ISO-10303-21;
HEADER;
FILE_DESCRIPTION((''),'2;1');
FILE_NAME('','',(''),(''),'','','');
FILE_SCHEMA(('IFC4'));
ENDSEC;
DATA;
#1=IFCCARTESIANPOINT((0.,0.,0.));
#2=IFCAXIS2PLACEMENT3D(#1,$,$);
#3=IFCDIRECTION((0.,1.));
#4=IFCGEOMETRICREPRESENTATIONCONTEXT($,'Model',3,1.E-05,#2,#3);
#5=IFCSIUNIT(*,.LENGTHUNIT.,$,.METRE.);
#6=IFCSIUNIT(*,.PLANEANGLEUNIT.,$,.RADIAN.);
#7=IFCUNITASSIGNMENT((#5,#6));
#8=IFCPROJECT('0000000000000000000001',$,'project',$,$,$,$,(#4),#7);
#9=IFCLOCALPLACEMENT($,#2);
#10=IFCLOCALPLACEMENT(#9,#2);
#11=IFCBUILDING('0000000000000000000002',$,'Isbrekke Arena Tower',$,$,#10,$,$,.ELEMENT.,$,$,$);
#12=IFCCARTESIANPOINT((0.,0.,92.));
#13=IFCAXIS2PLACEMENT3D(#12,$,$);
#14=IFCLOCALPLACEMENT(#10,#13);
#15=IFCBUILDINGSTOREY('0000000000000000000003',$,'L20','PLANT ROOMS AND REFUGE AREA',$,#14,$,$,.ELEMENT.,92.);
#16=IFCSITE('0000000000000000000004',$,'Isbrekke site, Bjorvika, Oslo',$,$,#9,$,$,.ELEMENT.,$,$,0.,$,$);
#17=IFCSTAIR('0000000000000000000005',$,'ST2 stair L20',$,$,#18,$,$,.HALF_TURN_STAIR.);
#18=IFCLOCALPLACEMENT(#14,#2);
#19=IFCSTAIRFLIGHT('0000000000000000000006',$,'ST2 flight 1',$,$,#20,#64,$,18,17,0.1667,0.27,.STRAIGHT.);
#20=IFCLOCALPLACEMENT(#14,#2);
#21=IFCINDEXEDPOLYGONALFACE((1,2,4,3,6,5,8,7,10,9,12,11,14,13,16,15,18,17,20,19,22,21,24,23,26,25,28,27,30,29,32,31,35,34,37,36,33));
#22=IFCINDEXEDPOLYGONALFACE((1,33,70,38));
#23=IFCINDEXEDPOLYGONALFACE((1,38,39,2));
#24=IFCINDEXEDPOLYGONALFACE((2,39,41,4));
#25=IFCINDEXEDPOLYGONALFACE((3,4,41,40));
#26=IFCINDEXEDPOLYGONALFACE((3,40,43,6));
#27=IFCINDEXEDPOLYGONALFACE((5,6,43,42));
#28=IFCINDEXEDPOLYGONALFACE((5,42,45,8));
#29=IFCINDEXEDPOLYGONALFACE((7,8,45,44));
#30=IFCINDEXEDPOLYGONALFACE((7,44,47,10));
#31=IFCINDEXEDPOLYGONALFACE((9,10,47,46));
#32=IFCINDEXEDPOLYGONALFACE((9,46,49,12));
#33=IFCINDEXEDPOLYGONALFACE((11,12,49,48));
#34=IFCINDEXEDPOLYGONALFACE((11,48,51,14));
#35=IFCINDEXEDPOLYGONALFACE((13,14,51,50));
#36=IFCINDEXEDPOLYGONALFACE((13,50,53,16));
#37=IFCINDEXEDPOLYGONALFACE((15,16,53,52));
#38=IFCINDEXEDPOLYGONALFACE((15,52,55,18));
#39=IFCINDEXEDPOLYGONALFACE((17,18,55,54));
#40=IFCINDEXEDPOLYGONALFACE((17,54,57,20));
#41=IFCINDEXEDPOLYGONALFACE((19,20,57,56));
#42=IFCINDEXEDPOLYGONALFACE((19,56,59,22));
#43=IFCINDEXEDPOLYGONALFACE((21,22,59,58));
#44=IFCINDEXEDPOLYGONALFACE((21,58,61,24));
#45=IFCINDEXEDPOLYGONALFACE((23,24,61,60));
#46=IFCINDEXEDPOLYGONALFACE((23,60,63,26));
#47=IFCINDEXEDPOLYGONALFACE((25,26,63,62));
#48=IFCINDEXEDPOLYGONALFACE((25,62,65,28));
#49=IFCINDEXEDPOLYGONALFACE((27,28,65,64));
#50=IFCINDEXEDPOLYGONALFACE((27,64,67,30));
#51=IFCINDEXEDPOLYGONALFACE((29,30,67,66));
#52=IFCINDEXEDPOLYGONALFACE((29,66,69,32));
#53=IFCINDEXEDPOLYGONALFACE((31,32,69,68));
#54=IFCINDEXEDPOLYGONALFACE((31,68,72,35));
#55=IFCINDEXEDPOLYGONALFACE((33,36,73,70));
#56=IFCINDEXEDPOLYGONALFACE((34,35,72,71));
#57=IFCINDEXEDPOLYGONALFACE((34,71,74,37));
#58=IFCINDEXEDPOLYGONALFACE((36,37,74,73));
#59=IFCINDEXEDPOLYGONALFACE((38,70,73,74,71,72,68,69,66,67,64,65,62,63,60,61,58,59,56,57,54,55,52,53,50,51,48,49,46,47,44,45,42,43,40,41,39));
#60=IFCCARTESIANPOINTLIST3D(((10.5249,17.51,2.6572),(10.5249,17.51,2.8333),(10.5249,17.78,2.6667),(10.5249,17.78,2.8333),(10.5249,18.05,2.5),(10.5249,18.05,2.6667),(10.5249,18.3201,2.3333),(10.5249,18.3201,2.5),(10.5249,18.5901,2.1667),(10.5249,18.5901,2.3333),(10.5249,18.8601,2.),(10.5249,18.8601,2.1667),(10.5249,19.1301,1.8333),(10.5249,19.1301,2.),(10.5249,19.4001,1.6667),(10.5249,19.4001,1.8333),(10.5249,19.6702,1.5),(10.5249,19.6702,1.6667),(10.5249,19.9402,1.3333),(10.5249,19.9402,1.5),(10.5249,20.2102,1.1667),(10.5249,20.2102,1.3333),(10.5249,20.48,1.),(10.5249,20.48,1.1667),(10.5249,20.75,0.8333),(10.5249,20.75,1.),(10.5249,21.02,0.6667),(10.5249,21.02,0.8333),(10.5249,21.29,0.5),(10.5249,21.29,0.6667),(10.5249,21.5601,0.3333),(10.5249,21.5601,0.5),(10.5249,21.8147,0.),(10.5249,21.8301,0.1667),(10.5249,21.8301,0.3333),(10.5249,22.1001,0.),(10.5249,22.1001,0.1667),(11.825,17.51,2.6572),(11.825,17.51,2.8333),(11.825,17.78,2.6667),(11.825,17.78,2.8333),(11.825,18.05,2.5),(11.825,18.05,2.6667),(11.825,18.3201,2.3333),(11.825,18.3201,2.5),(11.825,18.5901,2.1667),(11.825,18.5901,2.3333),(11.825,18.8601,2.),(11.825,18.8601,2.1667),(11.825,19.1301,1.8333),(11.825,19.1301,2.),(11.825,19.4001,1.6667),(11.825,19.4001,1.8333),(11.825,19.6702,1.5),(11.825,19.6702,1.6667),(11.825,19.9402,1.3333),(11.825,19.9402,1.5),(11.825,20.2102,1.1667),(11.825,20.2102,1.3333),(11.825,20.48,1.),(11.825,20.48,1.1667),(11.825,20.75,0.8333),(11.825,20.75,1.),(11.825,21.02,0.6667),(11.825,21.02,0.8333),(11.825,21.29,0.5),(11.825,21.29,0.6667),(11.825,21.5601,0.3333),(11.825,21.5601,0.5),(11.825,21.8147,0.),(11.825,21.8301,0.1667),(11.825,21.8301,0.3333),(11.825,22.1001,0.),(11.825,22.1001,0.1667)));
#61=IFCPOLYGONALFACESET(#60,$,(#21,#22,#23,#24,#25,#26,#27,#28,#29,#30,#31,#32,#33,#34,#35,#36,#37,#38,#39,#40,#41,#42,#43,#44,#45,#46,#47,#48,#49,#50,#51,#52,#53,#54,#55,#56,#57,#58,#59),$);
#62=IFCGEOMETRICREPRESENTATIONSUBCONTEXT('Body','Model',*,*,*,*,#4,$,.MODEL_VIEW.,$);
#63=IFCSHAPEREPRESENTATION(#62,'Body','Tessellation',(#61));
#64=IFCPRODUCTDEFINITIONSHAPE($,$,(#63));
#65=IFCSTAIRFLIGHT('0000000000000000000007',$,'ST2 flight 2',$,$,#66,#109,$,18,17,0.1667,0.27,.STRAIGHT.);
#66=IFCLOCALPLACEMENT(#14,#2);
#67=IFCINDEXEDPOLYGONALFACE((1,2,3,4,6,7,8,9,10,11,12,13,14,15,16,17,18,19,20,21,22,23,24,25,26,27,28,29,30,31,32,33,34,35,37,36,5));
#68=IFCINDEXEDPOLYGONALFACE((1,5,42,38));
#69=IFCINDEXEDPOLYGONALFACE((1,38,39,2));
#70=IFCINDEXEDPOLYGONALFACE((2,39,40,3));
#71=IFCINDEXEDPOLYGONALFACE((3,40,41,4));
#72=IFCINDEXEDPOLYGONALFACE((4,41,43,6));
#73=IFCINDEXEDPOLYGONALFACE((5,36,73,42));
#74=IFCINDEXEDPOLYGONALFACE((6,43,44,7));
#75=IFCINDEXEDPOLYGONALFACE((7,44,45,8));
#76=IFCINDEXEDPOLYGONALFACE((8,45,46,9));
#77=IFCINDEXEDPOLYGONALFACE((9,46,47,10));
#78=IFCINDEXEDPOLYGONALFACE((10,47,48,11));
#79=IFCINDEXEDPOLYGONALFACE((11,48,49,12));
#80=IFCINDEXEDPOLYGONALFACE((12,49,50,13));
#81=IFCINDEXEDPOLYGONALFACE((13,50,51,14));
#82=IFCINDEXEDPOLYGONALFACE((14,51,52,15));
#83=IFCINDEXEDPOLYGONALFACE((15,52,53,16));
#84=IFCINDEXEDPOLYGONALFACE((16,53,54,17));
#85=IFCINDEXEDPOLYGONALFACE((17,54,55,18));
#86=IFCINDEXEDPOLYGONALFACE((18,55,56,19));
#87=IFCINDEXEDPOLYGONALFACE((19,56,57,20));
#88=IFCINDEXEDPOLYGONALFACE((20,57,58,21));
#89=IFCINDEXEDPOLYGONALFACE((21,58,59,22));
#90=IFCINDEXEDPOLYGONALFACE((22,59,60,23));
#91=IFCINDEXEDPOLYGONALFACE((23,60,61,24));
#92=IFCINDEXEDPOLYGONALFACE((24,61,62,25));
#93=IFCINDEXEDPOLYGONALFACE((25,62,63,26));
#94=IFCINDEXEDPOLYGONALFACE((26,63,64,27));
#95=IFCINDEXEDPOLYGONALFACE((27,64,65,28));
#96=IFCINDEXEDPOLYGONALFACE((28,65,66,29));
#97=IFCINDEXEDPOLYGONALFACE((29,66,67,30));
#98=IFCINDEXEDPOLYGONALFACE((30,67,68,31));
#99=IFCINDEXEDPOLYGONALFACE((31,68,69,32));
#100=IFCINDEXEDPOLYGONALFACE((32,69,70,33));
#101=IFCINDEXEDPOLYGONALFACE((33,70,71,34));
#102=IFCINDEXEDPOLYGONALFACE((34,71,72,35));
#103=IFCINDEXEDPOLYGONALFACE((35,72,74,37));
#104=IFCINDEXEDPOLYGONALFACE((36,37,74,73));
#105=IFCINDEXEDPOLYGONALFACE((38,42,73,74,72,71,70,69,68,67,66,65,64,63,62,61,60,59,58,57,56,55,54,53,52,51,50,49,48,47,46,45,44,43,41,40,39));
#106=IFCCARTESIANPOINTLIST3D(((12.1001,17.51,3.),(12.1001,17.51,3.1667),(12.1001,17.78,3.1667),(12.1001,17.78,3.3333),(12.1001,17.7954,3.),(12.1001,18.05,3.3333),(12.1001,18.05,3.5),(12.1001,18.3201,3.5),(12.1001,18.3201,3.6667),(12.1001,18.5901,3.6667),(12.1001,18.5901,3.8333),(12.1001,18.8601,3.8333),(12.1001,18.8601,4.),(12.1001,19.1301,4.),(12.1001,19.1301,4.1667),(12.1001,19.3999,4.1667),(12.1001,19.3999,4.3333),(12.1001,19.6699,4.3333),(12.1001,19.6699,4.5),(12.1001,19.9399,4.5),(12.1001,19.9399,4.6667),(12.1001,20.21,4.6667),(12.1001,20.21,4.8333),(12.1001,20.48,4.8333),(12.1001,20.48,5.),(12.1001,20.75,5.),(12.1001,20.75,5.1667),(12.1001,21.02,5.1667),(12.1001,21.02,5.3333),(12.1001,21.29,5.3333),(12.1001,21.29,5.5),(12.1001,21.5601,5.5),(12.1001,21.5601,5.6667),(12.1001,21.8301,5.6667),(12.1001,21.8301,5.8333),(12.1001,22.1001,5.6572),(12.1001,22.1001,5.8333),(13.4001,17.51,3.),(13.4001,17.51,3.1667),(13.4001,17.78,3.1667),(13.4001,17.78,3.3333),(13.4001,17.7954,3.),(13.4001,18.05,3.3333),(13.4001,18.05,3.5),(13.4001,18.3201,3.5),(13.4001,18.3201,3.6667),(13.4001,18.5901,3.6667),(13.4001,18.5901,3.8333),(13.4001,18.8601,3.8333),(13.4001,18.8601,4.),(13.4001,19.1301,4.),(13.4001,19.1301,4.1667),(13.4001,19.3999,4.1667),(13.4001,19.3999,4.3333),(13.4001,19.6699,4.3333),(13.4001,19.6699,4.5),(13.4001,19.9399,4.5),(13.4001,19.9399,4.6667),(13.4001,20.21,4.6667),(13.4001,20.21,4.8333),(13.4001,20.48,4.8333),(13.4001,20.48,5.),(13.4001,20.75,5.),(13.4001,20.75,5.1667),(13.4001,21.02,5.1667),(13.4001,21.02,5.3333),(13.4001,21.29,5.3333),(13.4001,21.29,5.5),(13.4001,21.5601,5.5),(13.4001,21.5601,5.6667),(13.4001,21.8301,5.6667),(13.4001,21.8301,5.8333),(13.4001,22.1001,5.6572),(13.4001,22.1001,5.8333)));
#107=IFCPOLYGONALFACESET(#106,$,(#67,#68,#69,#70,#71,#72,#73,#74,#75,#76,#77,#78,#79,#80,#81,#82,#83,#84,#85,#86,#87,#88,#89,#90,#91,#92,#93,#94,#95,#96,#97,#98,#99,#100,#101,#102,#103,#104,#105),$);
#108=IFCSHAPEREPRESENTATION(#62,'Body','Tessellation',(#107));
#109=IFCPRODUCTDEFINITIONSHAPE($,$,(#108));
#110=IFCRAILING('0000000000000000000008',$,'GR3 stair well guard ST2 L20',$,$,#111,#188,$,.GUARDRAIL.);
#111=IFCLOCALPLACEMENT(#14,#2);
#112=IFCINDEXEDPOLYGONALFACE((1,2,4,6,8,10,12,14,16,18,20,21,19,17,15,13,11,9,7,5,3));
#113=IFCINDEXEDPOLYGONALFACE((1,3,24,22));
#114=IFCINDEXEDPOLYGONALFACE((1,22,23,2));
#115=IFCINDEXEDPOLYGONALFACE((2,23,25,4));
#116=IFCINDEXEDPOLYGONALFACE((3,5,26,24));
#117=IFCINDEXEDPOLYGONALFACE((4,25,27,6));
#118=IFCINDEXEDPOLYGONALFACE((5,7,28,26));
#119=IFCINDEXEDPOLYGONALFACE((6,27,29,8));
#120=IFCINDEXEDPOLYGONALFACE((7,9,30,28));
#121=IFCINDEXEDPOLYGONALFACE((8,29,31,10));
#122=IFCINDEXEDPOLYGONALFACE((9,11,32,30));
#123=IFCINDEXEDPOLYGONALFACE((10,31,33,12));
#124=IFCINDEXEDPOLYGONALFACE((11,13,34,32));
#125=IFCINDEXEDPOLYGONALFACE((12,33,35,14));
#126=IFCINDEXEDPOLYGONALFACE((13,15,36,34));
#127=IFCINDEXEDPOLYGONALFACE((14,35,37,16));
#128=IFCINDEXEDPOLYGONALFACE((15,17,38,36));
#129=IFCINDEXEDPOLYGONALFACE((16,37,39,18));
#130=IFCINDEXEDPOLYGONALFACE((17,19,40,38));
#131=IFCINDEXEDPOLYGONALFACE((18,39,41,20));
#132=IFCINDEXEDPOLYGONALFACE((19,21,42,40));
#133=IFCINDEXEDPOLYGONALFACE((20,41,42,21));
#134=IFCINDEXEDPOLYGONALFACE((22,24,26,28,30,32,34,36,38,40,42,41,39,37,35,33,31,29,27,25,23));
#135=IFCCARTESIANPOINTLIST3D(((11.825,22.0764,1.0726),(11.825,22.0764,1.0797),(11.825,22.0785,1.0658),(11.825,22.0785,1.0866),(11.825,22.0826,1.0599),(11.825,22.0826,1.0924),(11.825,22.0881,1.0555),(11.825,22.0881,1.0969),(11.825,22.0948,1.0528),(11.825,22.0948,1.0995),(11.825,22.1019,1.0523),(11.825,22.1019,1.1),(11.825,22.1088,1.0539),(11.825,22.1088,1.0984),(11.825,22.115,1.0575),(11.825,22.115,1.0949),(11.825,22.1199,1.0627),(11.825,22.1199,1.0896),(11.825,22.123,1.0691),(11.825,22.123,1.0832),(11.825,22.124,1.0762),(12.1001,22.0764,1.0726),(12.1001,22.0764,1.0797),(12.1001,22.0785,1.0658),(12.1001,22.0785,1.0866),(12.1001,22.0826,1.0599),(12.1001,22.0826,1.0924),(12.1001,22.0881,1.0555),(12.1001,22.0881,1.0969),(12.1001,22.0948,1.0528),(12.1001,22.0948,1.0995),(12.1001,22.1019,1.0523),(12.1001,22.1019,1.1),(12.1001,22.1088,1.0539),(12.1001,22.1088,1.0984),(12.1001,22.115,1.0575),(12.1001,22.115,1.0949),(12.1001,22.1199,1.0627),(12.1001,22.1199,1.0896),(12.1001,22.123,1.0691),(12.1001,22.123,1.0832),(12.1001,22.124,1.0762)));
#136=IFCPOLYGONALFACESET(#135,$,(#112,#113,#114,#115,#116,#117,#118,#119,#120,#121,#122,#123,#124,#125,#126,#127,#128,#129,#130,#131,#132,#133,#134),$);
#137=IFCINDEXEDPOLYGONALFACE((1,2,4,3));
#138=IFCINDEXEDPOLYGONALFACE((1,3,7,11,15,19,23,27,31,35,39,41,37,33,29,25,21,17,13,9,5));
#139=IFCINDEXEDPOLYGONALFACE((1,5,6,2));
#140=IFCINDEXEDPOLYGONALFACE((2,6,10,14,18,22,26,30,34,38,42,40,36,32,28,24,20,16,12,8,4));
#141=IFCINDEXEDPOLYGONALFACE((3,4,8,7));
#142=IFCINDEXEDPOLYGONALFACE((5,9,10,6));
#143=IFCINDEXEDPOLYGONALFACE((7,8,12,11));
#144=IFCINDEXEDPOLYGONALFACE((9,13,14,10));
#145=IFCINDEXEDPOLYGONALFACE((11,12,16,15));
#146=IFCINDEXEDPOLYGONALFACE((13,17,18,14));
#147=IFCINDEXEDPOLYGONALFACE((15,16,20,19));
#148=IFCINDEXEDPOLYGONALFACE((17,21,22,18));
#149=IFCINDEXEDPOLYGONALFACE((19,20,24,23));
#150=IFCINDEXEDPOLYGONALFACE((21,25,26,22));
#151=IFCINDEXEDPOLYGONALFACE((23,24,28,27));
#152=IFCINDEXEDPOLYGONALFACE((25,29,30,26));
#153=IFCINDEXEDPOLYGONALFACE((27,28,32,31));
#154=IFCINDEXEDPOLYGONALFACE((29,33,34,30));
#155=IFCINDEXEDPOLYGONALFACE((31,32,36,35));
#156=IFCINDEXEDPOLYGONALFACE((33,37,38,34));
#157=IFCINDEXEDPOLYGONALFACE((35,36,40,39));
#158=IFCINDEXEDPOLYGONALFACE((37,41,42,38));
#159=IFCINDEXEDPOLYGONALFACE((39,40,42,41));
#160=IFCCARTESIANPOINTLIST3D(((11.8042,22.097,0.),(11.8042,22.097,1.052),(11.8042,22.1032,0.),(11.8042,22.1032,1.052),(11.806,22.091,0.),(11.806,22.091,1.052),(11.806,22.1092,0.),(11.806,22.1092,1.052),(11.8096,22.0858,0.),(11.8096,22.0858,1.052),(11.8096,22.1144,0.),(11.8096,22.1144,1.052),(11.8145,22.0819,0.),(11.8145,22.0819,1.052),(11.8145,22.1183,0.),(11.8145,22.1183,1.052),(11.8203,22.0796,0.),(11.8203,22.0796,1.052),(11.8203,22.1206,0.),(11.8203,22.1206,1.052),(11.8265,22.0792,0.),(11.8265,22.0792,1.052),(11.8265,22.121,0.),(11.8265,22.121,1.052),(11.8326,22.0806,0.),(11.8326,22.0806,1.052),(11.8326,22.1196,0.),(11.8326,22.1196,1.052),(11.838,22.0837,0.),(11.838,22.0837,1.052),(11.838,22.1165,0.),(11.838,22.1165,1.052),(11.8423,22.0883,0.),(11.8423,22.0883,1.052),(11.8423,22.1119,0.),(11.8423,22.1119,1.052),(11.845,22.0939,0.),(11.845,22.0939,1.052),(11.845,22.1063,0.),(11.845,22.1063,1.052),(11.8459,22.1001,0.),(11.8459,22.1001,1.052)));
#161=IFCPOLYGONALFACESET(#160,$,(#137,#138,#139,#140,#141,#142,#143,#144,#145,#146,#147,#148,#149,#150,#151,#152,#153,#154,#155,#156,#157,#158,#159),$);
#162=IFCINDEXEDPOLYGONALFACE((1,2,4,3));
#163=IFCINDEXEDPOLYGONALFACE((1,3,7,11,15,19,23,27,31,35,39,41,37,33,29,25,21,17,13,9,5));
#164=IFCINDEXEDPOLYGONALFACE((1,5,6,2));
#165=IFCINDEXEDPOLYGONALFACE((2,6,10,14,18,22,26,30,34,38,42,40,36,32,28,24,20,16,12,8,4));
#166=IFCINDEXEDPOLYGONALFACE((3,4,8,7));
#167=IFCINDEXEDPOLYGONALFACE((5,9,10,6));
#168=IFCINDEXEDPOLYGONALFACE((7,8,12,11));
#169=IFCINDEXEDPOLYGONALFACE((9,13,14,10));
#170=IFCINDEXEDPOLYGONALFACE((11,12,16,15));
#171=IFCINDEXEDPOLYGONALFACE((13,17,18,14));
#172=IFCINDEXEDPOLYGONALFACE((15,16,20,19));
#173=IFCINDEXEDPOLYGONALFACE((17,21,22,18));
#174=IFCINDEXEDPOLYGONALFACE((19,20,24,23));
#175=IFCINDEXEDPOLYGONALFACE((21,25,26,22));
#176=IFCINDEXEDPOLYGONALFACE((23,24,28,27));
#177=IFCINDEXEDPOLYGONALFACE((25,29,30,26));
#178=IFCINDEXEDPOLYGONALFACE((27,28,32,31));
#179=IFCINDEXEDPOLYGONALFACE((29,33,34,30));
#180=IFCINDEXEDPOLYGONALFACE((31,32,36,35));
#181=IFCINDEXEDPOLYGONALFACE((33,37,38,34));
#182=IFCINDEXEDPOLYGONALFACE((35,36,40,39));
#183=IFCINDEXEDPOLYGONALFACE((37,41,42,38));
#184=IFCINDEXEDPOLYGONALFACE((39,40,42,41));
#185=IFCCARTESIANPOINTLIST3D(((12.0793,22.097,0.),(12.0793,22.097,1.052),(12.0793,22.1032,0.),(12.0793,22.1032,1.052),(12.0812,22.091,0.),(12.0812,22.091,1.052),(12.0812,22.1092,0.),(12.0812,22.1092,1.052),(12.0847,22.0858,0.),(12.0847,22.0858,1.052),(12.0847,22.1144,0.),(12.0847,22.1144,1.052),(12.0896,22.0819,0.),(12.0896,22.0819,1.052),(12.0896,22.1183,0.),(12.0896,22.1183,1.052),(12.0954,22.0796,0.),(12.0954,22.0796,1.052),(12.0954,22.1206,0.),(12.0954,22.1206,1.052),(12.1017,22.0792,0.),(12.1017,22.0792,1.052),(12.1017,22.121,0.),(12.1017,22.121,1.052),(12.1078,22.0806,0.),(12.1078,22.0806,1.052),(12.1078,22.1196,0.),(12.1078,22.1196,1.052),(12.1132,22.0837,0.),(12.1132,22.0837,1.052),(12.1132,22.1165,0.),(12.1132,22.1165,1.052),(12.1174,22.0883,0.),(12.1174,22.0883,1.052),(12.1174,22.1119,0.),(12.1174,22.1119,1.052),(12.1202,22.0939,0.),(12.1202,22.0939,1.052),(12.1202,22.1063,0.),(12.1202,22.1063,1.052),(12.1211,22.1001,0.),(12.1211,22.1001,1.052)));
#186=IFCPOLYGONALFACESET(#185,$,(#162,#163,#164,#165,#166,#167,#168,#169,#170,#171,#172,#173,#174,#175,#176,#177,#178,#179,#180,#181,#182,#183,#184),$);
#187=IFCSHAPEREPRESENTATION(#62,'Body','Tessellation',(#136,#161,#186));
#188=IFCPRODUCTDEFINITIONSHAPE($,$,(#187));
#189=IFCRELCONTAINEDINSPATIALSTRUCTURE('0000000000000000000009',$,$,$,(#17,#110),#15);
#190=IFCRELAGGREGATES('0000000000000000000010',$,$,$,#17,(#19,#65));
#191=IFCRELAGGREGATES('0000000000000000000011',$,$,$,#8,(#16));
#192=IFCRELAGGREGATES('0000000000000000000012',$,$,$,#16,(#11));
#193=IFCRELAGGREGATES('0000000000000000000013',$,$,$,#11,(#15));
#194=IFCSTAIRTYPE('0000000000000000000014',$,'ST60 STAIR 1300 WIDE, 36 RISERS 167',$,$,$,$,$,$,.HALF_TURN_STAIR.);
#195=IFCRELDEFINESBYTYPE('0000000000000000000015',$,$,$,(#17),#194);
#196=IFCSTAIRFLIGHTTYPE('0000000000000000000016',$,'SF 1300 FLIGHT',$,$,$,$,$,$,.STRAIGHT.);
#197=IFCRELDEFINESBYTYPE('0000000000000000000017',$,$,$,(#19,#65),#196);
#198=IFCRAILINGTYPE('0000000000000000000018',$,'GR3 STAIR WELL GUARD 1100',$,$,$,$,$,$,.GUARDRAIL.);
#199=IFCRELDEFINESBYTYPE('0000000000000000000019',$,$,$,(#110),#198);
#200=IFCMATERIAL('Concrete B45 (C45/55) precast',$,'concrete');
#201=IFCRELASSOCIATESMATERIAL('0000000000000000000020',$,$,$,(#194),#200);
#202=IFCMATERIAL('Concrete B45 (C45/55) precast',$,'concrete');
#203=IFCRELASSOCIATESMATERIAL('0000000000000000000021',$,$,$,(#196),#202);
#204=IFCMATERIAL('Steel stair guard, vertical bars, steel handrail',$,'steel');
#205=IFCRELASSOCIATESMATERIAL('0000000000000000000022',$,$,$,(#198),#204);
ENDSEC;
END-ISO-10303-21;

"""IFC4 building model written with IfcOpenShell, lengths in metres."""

from ifc_helpers import new_model, si_unit, direction, frame, origin, origin_2d, place, context, subcontext, project, spatial, polyline, circle, outline, extrude, material, type_object, element, aggregate, save


model = new_model("IFC4")

# Units and contexts
model_context = context("Model", 3, precision=1e-05, world=origin(), true_north=direction((0.0, 1.0)))
body_context = subcontext(model_context, "Body", "Model", "MODEL_VIEW")
ifc_project = project(units=[si_unit("LENGTHUNIT", "METRE"), si_unit("PLANEANGLEUNIT", "RADIAN")], contexts=[model_context])

# Site, building, storey
site_placement = place(None, origin())
site = spatial("IfcSite", under=ifc_project, at=site_placement, Name="Isbrekke site, Bjorvika, Oslo", CompositionType="ELEMENT", RefElevation=0.0)
building_placement = place(site_placement, origin())
building = spatial("IfcBuilding", under=site, at=building_placement, Name="Isbrekke Arena Tower", CompositionType="ELEMENT")
storey_placement = place(building_placement, frame((0.0, 0.0, 92.0)))
storey = spatial("IfcBuildingStorey", under=building, at=storey_placement, Name="L20", Description="PLANT ROOMS AND REFUGE AREA", CompositionType="ELEMENT", Elevation=92.0)

# Stair, stair flights
ifc_material_1 = material(Name="Concrete B45 (C45/55) precast", Category="concrete")
stair_type = type_object("IfcStairType", Name="ST60 STAIR 1300 WIDE, 36 RISERS 167", PredefinedType="HALF_TURN_STAIR", material=ifc_material_1)
stair_placement = place(storey_placement, origin())
stair = element("IfcStair", 1, at=stair_placement, inside=storey, type_object=stair_type, Name="ST2 stair L20", PredefinedType="HALF_TURN_STAIR")
ifc_material_2 = material(Name="Concrete B45 (C45/55) precast", Category="concrete")
stair_flight_type = type_object("IfcStairFlightType", Name="SF 1300 FLIGHT", PredefinedType="STRAIGHT", material=ifc_material_2)
stair_flight_1_placement = place(storey_placement, frame((11.175, 22.1001, 0.0), z_axis=(0.0, 0.0, 1.0), x_axis=(0.0, -1.0, 0.0)))
stair_flight_1 = element("IfcStairFlight", 2, at=stair_flight_1_placement, type_object=stair_flight_type, Name="ST2 flight 1", NumberOfRisers=18, NumberOfTreads=17, PredefinedType="STRAIGHT", RiserHeight=0.1667, TreadLength=0.27, context=body_context, shape_type="SweptSolid", body=[
    extrude(outline(polyline([(0.0, 0.0), (0.0, 0.1667), (0.27, 0.1667), (0.27, 0.3333), (0.54, 0.3333), (0.54, 0.5), (0.8101, 0.5), (0.8101, 0.6667), (1.0801, 0.6667), (1.0801, 0.8333), (1.3501, 0.8333), (1.3501, 1.0), (1.6201, 1.0), (1.6201, 1.1667), (1.8899, 1.1667), (1.8899, 1.3333), (2.1599, 1.3333), (2.1599, 1.5), (2.4299, 1.5), (2.4299, 1.6667), (2.7, 1.6667), (2.7, 1.8333), (2.97, 1.8333), (2.97, 2.0), (3.24, 2.0), (3.24, 2.1667), (3.51, 2.1667), (3.51, 2.3333), (3.78, 2.3333), (3.78, 2.5), (4.05, 2.5), (4.05, 2.6667), (4.3201, 2.6667), (4.3201, 2.8333), (4.5901, 2.8333), (4.5901, 3.0), (4.5901, 2.6572), (0.2854, 0.0), (0.0, 0.0)])), frame((0.0, 0.6499, 0.0), z_axis=(0.0, -1.0, 0.0), x_axis=(1.0, 0.0, 0.0)), (0.0, 0.0, 1.0), 1.3),
])
stair_flight_2_placement = place(storey_placement, frame((12.75, 17.51, 3.0), z_axis=(0.0, 0.0, 1.0), x_axis=(0.0, 1.0, 0.0)))
stair_flight_2 = element("IfcStairFlight", 3, at=stair_flight_2_placement, type_object=stair_flight_type, Name="ST2 flight 2", NumberOfRisers=18, NumberOfTreads=17, PredefinedType="STRAIGHT", RiserHeight=0.1667, TreadLength=0.27, context=body_context, shape_type="SweptSolid", body=[
    extrude(outline(polyline([(0.0, 0.0), (0.0, 0.1667), (0.27, 0.1667), (0.27, 0.3333), (0.54, 0.3333), (0.54, 0.5), (0.8101, 0.5), (0.8101, 0.6667), (1.0801, 0.6667), (1.0801, 0.8333), (1.3501, 0.8333), (1.3501, 1.0), (1.6201, 1.0), (1.6201, 1.1667), (1.8899, 1.1667), (1.8899, 1.3333), (2.1599, 1.3333), (2.1599, 1.5), (2.4299, 1.5), (2.4299, 1.6667), (2.7, 1.6667), (2.7, 1.8333), (2.97, 1.8333), (2.97, 2.0), (3.24, 2.0), (3.24, 2.1667), (3.51, 2.1667), (3.51, 2.3333), (3.78, 2.3333), (3.78, 2.5), (4.05, 2.5), (4.05, 2.6667), (4.3201, 2.6667), (4.3201, 2.8333), (4.5901, 2.8333), (4.5901, 3.0), (4.5901, 2.6572), (0.2854, 0.0), (0.0, 0.0)])), frame((0.0, 0.6499, 0.0), z_axis=(0.0, -1.0, 0.0), x_axis=(1.0, 0.0, 0.0)), (0.0, 0.0, 1.0), 1.3),
])
aggregate(stair, [stair_flight_1, stair_flight_2])

# Railing
ifc_material_3 = material(Name="Steel stair guard, vertical bars, steel handrail", Category="steel")
railing_type = type_object("IfcRailingType", Name="GR3 STAIR WELL GUARD 1100", PredefinedType="GUARDRAIL", material=ifc_material_3)
for number, where, name in (
    (4, (11.825, 22.1001, 0.0), "GR3 stair well guard ST2 L20"),
):
    element("IfcRailing", number, at=place(storey_placement, frame(where)), inside=storey, type_object=railing_type, Name=name, PredefinedType="GUARDRAIL", context=body_context, shape_type="SweptSolid", body=[
        extrude(circle(Radius=0.0239, at=origin_2d()), frame((0.0, 0.0, 1.0762), z_axis=(1.0, 0.0, 0.0), x_axis=(0.0, 1.0, 0.0)), (0.0, 0.0, 1.0), 0.2751),
        extrude(circle(Radius=0.021, at=origin_2d()), origin(), (0.0, 0.0, 1.0), 1.052),
        extrude(circle(Radius=0.021, at=origin_2d()), frame((0.2751, 0.0, 0.0)), (0.0, 0.0, 1.0), 1.052),
    ])

save(model, "model.ifc")
